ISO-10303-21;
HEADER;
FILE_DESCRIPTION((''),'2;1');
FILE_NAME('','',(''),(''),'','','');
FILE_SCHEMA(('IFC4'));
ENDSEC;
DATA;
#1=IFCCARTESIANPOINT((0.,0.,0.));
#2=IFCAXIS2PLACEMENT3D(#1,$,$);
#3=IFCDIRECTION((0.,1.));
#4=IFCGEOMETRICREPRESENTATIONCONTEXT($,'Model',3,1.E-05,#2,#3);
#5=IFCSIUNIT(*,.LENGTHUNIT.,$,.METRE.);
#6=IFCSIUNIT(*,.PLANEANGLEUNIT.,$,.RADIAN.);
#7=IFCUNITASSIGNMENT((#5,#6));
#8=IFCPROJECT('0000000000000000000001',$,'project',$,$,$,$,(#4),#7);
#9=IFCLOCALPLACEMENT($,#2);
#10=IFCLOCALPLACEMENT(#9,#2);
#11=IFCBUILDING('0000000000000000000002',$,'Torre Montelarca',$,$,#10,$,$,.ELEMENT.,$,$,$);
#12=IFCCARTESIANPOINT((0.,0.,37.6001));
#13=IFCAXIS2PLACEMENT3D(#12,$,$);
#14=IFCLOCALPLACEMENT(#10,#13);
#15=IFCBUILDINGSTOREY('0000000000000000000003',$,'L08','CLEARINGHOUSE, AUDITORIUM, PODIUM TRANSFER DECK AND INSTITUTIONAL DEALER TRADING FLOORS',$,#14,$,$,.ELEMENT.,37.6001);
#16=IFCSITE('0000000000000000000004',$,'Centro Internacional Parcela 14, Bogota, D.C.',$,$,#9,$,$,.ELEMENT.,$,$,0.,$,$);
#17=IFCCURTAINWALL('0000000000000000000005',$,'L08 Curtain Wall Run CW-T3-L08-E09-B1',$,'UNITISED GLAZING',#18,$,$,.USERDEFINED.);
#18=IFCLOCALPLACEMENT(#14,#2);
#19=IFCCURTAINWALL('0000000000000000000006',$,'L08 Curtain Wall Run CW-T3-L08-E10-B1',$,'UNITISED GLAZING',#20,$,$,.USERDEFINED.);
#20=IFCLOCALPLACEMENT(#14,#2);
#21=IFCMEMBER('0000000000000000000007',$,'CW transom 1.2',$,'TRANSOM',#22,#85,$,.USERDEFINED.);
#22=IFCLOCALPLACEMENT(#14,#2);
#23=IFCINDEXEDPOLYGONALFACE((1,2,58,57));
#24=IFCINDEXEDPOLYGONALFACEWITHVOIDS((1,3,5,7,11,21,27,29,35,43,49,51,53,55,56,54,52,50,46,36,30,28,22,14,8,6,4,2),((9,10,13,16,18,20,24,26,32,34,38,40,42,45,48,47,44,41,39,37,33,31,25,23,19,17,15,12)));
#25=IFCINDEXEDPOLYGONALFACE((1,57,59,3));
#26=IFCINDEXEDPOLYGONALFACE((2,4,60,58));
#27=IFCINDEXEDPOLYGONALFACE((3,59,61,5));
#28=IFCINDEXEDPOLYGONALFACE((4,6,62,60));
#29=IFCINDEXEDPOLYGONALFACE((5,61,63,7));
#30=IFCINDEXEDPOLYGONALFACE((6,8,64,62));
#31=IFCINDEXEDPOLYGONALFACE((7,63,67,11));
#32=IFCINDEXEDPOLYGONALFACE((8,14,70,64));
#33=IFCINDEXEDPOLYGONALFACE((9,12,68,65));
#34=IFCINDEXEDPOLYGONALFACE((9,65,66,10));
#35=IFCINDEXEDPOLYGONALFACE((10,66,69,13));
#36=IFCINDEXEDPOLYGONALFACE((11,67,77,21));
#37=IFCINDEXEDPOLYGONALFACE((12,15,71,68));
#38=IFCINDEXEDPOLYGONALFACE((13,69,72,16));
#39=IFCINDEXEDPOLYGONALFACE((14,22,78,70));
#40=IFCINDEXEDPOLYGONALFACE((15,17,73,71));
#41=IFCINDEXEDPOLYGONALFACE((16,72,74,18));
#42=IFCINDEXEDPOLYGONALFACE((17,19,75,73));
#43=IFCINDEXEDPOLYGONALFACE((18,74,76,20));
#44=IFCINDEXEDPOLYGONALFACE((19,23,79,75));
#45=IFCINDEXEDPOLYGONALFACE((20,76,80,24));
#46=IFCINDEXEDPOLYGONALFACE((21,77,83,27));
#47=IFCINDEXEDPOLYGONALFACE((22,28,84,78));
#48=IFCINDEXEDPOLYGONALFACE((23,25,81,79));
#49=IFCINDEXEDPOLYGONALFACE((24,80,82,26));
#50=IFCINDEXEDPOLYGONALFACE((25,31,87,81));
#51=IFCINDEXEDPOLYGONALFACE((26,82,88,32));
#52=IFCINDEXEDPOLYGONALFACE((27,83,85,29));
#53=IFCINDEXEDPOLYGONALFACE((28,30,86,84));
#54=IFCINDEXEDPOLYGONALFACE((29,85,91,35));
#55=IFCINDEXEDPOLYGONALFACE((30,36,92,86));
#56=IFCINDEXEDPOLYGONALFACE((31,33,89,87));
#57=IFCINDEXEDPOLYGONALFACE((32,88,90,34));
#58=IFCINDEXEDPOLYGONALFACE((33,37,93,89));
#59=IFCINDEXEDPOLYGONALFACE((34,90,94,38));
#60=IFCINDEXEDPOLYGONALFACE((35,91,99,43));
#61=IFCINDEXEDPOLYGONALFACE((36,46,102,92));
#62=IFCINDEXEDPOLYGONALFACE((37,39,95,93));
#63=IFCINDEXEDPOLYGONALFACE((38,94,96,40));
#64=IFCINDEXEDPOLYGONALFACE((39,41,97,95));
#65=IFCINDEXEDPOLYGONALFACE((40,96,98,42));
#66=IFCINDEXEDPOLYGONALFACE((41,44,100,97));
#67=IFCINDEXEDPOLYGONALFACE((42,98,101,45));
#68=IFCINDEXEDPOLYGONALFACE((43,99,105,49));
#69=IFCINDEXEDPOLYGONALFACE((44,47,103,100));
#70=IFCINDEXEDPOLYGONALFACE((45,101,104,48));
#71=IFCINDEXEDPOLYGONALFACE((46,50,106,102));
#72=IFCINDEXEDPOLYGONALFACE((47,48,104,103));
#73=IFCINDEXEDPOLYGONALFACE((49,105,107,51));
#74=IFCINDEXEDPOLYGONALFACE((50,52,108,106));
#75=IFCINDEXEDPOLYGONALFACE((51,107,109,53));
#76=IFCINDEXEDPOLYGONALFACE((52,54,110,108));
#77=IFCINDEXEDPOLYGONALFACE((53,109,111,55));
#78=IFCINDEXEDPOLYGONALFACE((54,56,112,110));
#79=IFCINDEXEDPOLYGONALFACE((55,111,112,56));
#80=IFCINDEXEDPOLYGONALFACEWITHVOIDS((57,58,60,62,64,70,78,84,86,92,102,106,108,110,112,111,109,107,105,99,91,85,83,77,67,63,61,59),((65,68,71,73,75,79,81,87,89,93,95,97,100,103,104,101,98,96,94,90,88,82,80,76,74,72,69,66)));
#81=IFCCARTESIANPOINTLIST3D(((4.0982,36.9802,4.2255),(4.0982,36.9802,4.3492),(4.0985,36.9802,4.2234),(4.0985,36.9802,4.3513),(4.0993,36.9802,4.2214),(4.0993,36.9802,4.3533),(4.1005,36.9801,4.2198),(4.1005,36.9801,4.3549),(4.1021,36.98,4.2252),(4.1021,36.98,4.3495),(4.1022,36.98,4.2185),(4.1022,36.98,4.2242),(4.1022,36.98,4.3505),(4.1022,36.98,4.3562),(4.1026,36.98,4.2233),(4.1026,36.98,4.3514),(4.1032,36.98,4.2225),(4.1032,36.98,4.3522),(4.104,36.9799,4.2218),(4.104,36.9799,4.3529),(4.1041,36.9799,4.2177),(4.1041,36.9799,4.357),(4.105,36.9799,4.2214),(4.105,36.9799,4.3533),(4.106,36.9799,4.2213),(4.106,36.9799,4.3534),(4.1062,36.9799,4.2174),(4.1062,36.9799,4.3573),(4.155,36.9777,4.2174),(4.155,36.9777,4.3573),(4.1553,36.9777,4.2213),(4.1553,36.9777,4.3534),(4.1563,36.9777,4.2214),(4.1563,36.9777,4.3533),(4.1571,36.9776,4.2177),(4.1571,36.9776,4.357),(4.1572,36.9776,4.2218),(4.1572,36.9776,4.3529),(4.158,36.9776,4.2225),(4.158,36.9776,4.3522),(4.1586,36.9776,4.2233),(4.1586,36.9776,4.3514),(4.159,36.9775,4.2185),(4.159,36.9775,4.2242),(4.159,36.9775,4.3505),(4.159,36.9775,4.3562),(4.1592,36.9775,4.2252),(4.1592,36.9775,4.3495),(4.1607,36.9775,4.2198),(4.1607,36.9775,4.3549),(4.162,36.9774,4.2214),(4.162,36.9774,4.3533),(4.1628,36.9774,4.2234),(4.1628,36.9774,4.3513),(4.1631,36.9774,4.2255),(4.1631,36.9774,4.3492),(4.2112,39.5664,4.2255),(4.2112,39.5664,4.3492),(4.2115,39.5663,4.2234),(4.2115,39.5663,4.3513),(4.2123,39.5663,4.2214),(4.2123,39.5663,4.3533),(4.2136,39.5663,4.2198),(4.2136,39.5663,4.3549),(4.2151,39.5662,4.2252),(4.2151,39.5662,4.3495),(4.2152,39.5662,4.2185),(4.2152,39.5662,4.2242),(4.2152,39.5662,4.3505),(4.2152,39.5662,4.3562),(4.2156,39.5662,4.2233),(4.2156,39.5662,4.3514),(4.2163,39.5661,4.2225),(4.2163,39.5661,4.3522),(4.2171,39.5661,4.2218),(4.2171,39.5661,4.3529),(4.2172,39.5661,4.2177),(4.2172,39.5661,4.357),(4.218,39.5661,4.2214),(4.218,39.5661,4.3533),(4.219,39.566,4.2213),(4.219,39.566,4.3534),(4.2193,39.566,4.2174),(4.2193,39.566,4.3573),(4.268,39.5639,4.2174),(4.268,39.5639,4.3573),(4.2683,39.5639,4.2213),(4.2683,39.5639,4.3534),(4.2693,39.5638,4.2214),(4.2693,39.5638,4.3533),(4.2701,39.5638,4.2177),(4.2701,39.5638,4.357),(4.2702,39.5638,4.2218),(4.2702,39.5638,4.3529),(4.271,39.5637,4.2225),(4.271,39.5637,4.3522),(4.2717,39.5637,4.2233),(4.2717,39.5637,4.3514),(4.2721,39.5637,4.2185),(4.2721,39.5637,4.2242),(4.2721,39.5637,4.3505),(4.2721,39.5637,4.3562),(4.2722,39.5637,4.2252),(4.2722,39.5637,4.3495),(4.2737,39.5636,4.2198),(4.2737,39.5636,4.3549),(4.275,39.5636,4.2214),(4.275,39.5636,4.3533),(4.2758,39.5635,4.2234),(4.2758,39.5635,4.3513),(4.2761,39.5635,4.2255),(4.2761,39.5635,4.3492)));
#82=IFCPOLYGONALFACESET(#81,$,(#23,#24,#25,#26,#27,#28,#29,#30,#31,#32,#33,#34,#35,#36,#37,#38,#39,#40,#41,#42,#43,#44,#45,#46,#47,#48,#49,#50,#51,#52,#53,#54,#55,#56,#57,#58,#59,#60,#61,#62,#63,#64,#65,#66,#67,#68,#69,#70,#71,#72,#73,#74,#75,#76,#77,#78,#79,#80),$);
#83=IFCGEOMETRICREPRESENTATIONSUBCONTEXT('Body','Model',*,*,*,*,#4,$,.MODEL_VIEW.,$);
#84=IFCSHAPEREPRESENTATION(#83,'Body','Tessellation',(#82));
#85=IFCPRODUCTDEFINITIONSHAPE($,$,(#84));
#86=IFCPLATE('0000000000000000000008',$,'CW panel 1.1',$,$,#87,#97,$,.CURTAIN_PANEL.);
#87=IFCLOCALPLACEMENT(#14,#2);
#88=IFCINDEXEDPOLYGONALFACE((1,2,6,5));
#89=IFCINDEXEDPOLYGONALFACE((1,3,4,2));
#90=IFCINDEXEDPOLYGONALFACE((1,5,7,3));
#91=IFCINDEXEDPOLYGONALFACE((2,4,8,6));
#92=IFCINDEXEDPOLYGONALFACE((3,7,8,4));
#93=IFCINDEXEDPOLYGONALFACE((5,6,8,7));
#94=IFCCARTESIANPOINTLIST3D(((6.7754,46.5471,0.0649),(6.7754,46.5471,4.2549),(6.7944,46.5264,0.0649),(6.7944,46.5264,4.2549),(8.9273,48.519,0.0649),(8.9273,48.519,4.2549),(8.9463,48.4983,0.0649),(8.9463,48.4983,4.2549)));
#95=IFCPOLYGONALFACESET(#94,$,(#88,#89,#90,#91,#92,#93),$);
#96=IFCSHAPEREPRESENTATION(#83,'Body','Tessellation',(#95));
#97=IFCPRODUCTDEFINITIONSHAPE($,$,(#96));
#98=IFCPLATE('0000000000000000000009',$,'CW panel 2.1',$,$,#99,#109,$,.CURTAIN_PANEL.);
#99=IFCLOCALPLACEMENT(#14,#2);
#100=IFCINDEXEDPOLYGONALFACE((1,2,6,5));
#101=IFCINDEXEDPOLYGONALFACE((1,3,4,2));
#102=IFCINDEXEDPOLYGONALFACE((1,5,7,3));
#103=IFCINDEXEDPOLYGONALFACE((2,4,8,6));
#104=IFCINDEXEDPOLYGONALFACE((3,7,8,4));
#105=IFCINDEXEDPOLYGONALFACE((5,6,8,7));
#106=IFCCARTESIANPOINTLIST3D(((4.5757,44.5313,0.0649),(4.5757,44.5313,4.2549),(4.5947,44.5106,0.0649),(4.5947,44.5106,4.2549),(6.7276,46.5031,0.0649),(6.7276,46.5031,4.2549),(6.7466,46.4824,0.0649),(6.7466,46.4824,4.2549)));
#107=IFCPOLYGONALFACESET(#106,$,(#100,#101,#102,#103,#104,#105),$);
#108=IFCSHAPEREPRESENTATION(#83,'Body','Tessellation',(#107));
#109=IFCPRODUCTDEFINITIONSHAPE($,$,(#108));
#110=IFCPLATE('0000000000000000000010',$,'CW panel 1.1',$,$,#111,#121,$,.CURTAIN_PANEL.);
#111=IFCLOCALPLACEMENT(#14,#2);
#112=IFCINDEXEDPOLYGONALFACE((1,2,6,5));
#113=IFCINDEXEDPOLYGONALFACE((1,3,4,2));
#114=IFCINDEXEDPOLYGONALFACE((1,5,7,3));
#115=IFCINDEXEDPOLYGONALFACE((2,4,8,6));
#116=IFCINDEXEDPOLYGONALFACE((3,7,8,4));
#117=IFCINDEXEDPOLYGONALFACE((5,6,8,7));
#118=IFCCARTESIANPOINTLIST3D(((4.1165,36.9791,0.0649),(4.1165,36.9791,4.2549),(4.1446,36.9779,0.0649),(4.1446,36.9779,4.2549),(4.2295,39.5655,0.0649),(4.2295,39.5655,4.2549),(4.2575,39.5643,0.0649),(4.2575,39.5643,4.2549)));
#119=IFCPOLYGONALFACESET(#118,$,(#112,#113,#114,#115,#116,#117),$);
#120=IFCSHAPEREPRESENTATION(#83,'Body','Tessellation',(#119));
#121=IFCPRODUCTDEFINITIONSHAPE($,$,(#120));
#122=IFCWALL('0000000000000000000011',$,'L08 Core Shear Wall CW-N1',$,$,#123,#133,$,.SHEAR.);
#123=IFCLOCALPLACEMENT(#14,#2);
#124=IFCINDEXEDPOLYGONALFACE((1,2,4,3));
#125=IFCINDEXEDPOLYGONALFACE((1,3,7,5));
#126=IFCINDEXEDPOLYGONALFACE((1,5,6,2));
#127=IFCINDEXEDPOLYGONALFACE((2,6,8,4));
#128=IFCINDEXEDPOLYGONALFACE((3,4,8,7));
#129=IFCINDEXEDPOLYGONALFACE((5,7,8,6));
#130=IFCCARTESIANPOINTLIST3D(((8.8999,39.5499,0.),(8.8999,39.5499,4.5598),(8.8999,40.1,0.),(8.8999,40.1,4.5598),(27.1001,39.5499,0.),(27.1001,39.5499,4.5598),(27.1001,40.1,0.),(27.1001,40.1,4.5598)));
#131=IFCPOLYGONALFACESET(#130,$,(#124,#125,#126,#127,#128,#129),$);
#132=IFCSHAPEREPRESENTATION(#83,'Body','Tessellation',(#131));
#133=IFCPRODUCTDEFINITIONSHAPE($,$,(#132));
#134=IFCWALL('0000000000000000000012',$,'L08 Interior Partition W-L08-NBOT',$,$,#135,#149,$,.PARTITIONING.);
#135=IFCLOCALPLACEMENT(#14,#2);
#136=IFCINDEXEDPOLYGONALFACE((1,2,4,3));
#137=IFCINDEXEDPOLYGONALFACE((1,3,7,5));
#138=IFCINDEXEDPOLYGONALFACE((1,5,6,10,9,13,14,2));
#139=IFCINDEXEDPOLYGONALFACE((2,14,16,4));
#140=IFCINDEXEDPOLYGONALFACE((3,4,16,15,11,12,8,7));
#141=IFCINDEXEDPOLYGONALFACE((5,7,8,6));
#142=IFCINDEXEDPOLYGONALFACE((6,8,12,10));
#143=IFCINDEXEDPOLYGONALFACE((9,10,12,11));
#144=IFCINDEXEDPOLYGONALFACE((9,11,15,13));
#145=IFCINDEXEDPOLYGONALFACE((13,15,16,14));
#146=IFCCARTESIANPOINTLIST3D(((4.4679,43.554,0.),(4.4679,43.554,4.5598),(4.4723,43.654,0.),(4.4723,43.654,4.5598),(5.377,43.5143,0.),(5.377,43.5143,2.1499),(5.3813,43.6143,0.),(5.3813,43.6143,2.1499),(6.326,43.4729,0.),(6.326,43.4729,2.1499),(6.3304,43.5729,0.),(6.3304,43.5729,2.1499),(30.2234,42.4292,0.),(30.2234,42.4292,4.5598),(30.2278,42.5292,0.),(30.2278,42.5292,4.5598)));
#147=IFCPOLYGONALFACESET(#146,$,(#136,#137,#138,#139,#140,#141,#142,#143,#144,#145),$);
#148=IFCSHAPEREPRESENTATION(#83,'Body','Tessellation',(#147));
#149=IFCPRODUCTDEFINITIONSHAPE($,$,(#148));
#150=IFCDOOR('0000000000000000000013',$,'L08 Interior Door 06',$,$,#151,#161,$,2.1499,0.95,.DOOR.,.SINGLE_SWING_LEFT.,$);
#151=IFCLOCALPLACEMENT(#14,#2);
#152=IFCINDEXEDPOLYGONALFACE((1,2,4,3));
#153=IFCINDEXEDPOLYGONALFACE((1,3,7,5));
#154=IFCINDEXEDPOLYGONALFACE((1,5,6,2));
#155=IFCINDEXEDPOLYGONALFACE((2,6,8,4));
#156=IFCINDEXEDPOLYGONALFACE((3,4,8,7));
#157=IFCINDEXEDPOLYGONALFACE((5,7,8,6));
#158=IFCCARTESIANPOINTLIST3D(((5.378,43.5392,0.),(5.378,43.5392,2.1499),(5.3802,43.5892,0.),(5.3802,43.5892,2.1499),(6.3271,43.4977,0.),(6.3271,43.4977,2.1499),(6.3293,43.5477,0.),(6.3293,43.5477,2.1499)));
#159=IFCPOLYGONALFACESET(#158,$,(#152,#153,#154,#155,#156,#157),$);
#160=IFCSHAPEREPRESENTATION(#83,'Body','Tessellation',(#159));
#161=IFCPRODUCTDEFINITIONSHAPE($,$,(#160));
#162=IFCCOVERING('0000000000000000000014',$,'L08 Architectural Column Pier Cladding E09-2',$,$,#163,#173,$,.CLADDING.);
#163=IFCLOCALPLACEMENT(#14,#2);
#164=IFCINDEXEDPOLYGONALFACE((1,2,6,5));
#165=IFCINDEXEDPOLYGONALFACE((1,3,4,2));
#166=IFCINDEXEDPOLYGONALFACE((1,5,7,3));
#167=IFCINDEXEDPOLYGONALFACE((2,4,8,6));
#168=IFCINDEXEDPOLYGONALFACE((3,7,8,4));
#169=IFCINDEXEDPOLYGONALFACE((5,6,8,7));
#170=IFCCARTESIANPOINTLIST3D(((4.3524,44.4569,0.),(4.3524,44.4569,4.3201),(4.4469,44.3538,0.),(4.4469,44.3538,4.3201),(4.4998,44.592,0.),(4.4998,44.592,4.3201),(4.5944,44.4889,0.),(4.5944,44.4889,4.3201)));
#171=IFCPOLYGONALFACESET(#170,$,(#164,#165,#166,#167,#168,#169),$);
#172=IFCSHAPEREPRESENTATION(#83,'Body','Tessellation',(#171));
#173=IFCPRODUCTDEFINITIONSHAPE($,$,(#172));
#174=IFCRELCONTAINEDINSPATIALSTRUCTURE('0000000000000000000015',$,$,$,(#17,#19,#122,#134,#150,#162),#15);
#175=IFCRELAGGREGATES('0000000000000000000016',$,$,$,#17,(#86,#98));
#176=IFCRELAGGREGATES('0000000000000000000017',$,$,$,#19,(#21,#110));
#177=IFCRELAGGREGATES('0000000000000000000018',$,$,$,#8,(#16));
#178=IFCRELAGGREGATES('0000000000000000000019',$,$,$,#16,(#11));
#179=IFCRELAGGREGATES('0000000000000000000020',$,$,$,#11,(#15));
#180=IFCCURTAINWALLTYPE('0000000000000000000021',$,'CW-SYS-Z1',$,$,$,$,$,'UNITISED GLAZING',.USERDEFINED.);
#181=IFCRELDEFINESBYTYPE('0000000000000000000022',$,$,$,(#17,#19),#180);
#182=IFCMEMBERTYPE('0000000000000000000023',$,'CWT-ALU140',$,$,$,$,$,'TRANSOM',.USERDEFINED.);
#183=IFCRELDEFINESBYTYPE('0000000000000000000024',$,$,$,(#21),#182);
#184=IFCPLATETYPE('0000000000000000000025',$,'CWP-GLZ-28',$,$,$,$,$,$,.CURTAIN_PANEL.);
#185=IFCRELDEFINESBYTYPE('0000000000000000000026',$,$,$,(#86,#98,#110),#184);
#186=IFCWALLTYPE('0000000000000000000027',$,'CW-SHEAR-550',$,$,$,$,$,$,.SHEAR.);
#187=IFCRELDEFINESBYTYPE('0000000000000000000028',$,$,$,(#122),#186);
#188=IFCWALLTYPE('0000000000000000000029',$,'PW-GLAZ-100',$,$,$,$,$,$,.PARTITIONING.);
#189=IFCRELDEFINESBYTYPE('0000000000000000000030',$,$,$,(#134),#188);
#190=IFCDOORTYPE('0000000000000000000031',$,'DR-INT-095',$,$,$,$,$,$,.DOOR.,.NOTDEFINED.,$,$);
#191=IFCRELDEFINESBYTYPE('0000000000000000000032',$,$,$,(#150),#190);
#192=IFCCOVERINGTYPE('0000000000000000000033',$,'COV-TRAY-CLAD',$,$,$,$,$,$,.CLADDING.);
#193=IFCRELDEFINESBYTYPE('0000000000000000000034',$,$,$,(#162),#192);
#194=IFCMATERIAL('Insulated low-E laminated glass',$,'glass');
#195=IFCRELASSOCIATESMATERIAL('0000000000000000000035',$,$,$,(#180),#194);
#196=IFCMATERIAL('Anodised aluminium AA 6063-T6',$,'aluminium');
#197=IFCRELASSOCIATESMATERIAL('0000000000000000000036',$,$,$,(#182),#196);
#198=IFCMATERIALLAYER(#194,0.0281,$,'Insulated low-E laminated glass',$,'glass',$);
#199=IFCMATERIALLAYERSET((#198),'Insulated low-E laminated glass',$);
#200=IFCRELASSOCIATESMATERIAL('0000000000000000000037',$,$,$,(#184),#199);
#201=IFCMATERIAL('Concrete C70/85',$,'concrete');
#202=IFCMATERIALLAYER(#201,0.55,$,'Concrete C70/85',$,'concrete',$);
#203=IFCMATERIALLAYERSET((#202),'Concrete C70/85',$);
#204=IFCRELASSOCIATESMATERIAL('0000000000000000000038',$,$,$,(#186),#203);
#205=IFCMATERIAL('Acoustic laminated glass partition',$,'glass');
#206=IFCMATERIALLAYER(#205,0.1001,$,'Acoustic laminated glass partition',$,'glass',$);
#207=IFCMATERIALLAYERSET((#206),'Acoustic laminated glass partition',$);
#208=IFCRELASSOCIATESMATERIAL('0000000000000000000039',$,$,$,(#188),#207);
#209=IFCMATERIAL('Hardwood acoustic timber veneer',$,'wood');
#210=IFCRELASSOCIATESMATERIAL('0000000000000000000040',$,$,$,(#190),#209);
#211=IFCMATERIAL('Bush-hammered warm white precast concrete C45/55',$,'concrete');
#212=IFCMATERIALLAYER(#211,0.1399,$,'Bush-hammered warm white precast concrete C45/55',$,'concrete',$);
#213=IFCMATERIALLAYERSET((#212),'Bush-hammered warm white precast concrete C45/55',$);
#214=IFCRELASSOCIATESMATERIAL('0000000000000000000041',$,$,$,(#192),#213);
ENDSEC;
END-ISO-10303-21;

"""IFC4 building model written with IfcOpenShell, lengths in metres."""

from ifc_helpers import new_model, si_unit, direction, frame, frame_2d, origin, origin_2d, place, context, subcontext, project, spatial, rectangle, hollow_rectangle, extrude, source, transform, mapped, material, layer, layer_set, material_profile, profile_set, type_object, element, fill, aggregate, save


model = new_model("IFC4")

# Units and contexts
model_context = context("Model", 3, precision=1e-05, world=origin(), true_north=direction((0.0, 1.0)))
body_context = subcontext(model_context, "Body", "Model", "MODEL_VIEW")
ifc_project = project(units=[si_unit("LENGTHUNIT", "METRE"), si_unit("PLANEANGLEUNIT", "RADIAN")], contexts=[model_context])

# Site, building, storey
site_placement = place(None, origin())
site = spatial("IfcSite", under=ifc_project, at=site_placement, Name="Centro Internacional Parcela 14, Bogota, D.C.", CompositionType="ELEMENT", RefElevation=0.0)
building_placement = place(site_placement, origin())
building = spatial("IfcBuilding", under=site, at=building_placement, Name="Torre Montelarca", CompositionType="ELEMENT")
storey_placement = place(building_placement, frame((0.0, 0.0, 37.6001)))
storey = spatial("IfcBuildingStorey", under=building, at=storey_placement, Name="L08", Description="CLEARINGHOUSE, AUDITORIUM, PODIUM TRANSFER DECK AND INSTITUTIONAL DEALER TRADING FLOORS", CompositionType="ELEMENT", Elevation=37.6001)

# Curtain walls, member
ifc_material_1 = material(Name="Insulated low-E laminated glass", Category="glass")
curtain_wall_type = type_object("IfcCurtainWallType", Name="CW-SYS-Z1", ElementType="UNITISED GLAZING", PredefinedType="USERDEFINED", material=ifc_material_1)
curtain_wall_1_placement = place(storey_placement, origin())
curtain_wall_1 = element("IfcCurtainWall", 1, at=curtain_wall_1_placement, inside=storey, type_object=curtain_wall_type, Name="L08 Curtain Wall Run CW-T3-L08-E09-B1", ObjectType="UNITISED GLAZING", PredefinedType="USERDEFINED")
ifc_material_2 = material(Name="Anodised aluminium AA 6063-T6", Category="aluminium")
ifc_material_profile_1 = material_profile(ifc_material_2, hollow_rectangle(XDim=0.0649, YDim=0.1399, WallThickness=0.0039, InnerFilletRadius=0.0039, OuterFilletRadius=0.0081, at=origin_2d()), Name="ALU65X140X4", Category="aluminium")
ifc_profile_set_1 = profile_set([ifc_material_profile_1], Name="Anodised aluminium AA 6063-T6")
member_type_1 = type_object("IfcMemberType", Name="CWT-ALU140", ElementType="TRANSOM", PredefinedType="USERDEFINED", material=ifc_profile_set_1)
curtain_wall_2_placement = place(storey_placement, origin())
curtain_wall_2 = element("IfcCurtainWall", 2, at=curtain_wall_2_placement, inside=storey, type_object=curtain_wall_type, Name="L08 Curtain Wall Run CW-T3-L08-E10-B1", ObjectType="UNITISED GLAZING", PredefinedType="USERDEFINED")
shared_shape_1 = source(origin(), body_context, "Body", "SweptSolid", [
    extrude(hollow_rectangle(XDim=0.0649, YDim=0.1399, WallThickness=0.0039, InnerFilletRadius=0.0039, OuterFilletRadius=0.0081, at=origin_2d()), origin(), (0.0, 0.0, 1.0), 2.5886),
])
member_1_placement = place(storey_placement, frame((4.2437, 39.5649, 4.2874), z_axis=(-0.043666, -0.999046, 0.0), x_axis=(0.999046, -0.043666, 0.0)))
member_1 = element("IfcMember", 3, at=member_1_placement, type_object=member_type_1, Name="CW transom 1.2", ObjectType="TRANSOM", PredefinedType="USERDEFINED", context=body_context, shape_type="MappedRepresentation", body=[
    mapped(shared_shape_1, transform((0.0, 0.0, 0.0), scale=1.0)),
])

# Plates
ifc_layer_1 = layer(ifc_material_1, 0.0281, Name="Insulated low-E laminated glass", Category="glass")
ifc_layer_set_1 = layer_set([ifc_layer_1], Name="Insulated low-E laminated glass")
plate_type = type_object("IfcPlateType", Name="CWP-GLZ-28", PredefinedType="CURTAIN_PANEL", material=ifc_layer_set_1)
shared_shape_2 = source(origin(), body_context, "Body", "SweptSolid", [
    extrude(rectangle(XDim=2.9187, YDim=0.0281, at=origin_2d()), origin(), (0.0, 0.0, 1.0), 4.1899),
])
plate_1_placement = place(storey_placement, frame((7.8608, 47.5227, 0.0649), z_axis=(0.0, 0.0, 1.0), x_axis=(-0.737283, -0.675583, 0.0)))
plate_1 = element("IfcPlate", 4, at=plate_1_placement, type_object=plate_type, Name="CW panel 1.1", PredefinedType="CURTAIN_PANEL", context=body_context, shape_type="MappedRepresentation", body=[
    mapped(shared_shape_2, transform((0.0, 0.0, 0.0), scale=1.0)),
])
plate_2_placement = place(storey_placement, frame((5.6611, 45.5068, 0.0649), z_axis=(0.0, 0.0, 1.0), x_axis=(-0.737283, -0.675583, 0.0)))
plate_2 = element("IfcPlate", 5, at=plate_2_placement, type_object=plate_type, Name="CW panel 2.1", PredefinedType="CURTAIN_PANEL", context=body_context, shape_type="MappedRepresentation", body=[
    mapped(shared_shape_2, transform((0.0, 0.0, 0.0), scale=1.0)),
])
aggregate(curtain_wall_1, [plate_1, plate_2])
shared_shape_3 = source(origin(), body_context, "Body", "SweptSolid", [
    extrude(rectangle(XDim=2.5889, YDim=0.0281, at=origin_2d()), origin(), (0.0, 0.0, 1.0), 4.1899),
])
plate_3_placement = place(storey_placement, frame((4.187, 38.2717, 0.0649), z_axis=(0.0, 0.0, 1.0), x_axis=(-0.043629, -0.999048, 0.0)))
plate_3 = element("IfcPlate", 6, at=plate_3_placement, type_object=plate_type, Name="CW panel 1.1", PredefinedType="CURTAIN_PANEL", context=body_context, shape_type="MappedRepresentation", body=[
    mapped(shared_shape_3, transform((0.0, 0.0, 0.0), scale=1.0)),
])
aggregate(curtain_wall_2, [member_1, plate_3])

# Wall
ifc_material_3 = material(Name="Concrete C70/85", Category="concrete")
ifc_layer_2 = layer(ifc_material_3, 0.55, Name="Concrete C70/85", Category="concrete")
ifc_layer_set_2 = layer_set([ifc_layer_2], Name="Concrete C70/85")
wall_type_1 = type_object("IfcWallType", Name="CW-SHEAR-550", PredefinedType="SHEAR", material=ifc_layer_set_2)
wall_1_placement = place(storey_placement, frame((8.8999, 39.825, 0.0), z_axis=(0.0, 0.0, 1.0), x_axis=(1.0, 0.0, 0.0)))
element("IfcWall", 7, at=wall_1_placement, inside=storey, type_object=wall_type_1, Name="L08 Core Shear Wall CW-N1", PredefinedType="SHEAR", context=body_context, shape_type="SweptSolid", body=[
    extrude(rectangle(XDim=18.2002, YDim=0.55, at=frame_2d((9.1001, 0.0))), origin(), (0.0, 0.0, 1.0), 4.5598),
])

# Wall, opening, door
ifc_material_4 = material(Name="Acoustic laminated glass partition", Category="glass")
ifc_layer_3 = layer(ifc_material_4, 0.1001, Name="Acoustic laminated glass partition", Category="glass")
ifc_layer_set_3 = layer_set([ifc_layer_3], Name="Acoustic laminated glass partition")
wall_type_2 = type_object("IfcWallType", Name="PW-GLAZ-100", PredefinedType="PARTITIONING", material=ifc_layer_set_3)
wall_2_placement = place(storey_placement, frame((4.47, 43.604, 0.0), z_axis=(0.0, 0.0, 1.0), x_axis=(0.999048, -0.043629, 0.0)))
wall_2 = element("IfcWall", 8, at=wall_2_placement, inside=storey, type_object=wall_type_2, Name="L08 Interior Partition W-L08-NBOT", PredefinedType="PARTITIONING", context=body_context, shape_type="SweptSolid", body=[
    extrude(rectangle(XDim=25.78, YDim=0.1001, at=frame_2d((12.8901, 0.0))), origin(), (0.0, 0.0, 1.0), 4.5598),
])
opening_placement = place(wall_2_placement, frame((0.9099, 0.0, 0.0)))
opening = element("IfcOpeningElement", 9, at=opening_placement, cuts=wall_2, PredefinedType="OPENING", context=body_context, shape_type="SweptSolid", body=[
    extrude(rectangle(XDim=0.95, YDim=2.1499, at=frame_2d((0.4751, 1.075))), frame((0.0, 0.0601, 0.0), z_axis=(0.0, -1.0, 0.0), x_axis=(1.0, 0.0, 0.0)), (0.0, 0.0, 1.0), 0.1201),
])
ifc_material_5 = material(Name="Hardwood acoustic timber veneer", Category="wood")
door_type = type_object("IfcDoorType", Name="DR-INT-095", OperationType="NOTDEFINED", PredefinedType="DOOR", material=ifc_material_5)
shared_shape_4 = source(origin(), body_context, "Body", "SweptSolid", [
    extrude(rectangle(XDim=0.95, YDim=2.1499, at=frame_2d((0.4751, 1.075))), frame((0.0, 0.0249, 0.0), z_axis=(0.0, -1.0, 0.0), x_axis=(1.0, 0.0, 0.0)), (0.0, 0.0, 1.0), 0.05),
])
door_placement = place(opening_placement, origin())
door = element("IfcDoor", 10, at=door_placement, inside=storey, type_object=door_type, Name="L08 Interior Door 06", OperationType="SINGLE_SWING_LEFT", OverallHeight=2.1499, OverallWidth=0.95, PredefinedType="DOOR", context=body_context, shape_type="MappedRepresentation", body=[
    mapped(shared_shape_4, transform((0.0, 0.0, 0.0), scale=1.0)),
])
fill(opening, door)

# Covering
ifc_material_6 = material(Name="Bush-hammered warm white precast concrete C45/55", Category="concrete")
ifc_layer_4 = layer(ifc_material_6, 0.1399, Name="Bush-hammered warm white precast concrete C45/55", Category="concrete")
ifc_layer_set_4 = layer_set([ifc_layer_4], Name="Bush-hammered warm white precast concrete C45/55")
covering_type = type_object("IfcCoveringType", Name="COV-TRAY-CLAD", PredefinedType="CLADDING", material=ifc_layer_set_4)
shared_shape_5 = source(origin(), body_context, "Body", "SweptSolid", [
    extrude(rectangle(XDim=0.2, YDim=0.1399, at=origin_2d()), origin(), (0.0, 0.0, 1.0), 4.3201),
])
for number, where, z_axis, x_axis, name in (
    (11, (4.4734, 44.4729, 0.0), (0.0, 0.0, 1.0), (-0.737273, -0.675595, 0.0), "L08 Architectural Column Pier Cladding E09-2"),
):
    element("IfcCovering", number, at=place(storey_placement, frame(where, z_axis=z_axis, x_axis=x_axis)), inside=storey, type_object=covering_type, Name=name, PredefinedType="CLADDING", context=body_context, shape_type="MappedRepresentation", body=[
        mapped(shared_shape_5, transform((0.0, 0.0, 0.0), scale=1.0)),
    ])

save(model, "model.ifc")
